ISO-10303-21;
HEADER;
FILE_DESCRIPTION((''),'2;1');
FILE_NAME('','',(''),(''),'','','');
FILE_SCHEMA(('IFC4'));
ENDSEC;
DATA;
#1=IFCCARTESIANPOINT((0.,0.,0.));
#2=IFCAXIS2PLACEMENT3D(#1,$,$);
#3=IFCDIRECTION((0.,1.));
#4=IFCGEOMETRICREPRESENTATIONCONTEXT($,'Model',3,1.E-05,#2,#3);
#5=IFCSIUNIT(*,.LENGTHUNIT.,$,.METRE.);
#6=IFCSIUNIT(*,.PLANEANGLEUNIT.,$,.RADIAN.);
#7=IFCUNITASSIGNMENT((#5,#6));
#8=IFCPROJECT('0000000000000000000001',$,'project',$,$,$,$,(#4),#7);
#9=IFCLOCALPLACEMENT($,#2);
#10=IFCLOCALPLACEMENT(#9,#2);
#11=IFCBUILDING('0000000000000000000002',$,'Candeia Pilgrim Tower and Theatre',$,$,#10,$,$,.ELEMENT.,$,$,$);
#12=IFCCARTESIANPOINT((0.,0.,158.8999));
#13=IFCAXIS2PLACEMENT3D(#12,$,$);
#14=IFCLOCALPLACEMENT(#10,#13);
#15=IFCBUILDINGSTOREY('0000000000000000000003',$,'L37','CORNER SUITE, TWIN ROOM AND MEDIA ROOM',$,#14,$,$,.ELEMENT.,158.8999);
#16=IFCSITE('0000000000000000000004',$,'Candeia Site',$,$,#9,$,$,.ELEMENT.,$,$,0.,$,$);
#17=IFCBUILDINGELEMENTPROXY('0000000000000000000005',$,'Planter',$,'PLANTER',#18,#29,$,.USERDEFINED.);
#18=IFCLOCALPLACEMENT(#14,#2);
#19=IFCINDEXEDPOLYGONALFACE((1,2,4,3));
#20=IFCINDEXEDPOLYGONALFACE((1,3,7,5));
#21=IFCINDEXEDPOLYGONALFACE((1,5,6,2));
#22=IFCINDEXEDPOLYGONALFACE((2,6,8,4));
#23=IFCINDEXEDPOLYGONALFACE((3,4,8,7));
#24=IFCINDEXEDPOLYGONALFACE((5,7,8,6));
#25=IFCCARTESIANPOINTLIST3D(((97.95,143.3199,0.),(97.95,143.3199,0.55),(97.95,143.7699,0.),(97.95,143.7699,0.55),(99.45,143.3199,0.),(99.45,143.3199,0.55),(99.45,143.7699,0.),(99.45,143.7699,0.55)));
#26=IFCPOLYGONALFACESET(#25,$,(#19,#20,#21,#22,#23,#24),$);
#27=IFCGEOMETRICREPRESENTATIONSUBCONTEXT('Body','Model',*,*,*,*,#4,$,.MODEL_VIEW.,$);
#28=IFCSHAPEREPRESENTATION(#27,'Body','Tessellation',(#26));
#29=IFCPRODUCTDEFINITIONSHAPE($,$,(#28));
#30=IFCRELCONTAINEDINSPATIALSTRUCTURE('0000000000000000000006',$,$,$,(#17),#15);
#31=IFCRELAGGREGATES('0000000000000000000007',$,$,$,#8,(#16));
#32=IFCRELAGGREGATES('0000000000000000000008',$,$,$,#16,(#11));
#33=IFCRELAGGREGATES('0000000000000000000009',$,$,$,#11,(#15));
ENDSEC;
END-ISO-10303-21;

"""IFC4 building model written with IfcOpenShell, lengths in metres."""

from ifc_helpers import new_model, si_unit, direction, frame, origin, origin_2d, place, context, subcontext, project, spatial, rectangle, extrude, element, save


model = new_model("IFC4")

# Units and contexts
model_context = context("Model", 3, precision=1e-05, world=origin(), true_north=direction((0.0, 1.0)))
body_context = subcontext(model_context, "Body", "Model", "MODEL_VIEW")
ifc_project = project(units=[si_unit("LENGTHUNIT", "METRE"), si_unit("PLANEANGLEUNIT", "RADIAN")], contexts=[model_context])

# Site, building, storey
site_placement = place(None, origin())
site = spatial("IfcSite", under=ifc_project, at=site_placement, Name="Candeia Site", CompositionType="ELEMENT", RefElevation=0.0)
building_placement = place(site_placement, origin())
building = spatial("IfcBuilding", under=site, at=building_placement, Name="Candeia Pilgrim Tower and Theatre", CompositionType="ELEMENT")
storey_placement = place(building_placement, frame((0.0, 0.0, 158.8999)))
storey = spatial("IfcBuildingStorey", under=building, at=storey_placement, Name="L37", Description="CORNER SUITE, TWIN ROOM AND MEDIA ROOM", CompositionType="ELEMENT", Elevation=158.8999)

# Building element proxy
proxy_placement = place(storey_placement, frame((98.7, 143.5449, 0.0), z_axis=(0.0, 0.0, 1.0), x_axis=(-1.0, 0.0, 0.0)))
element("IfcBuildingElementProxy", 1, at=proxy_placement, inside=storey, Name="Planter", ObjectType="PLANTER", PredefinedType="USERDEFINED", context=body_context, shape_type="SweptSolid", body=[
    extrude(rectangle(XDim=1.5, YDim=0.45, at=origin_2d()), origin(), (0.0, 0.0, 1.0), 0.55),
])

save(model, "model.ifc")
